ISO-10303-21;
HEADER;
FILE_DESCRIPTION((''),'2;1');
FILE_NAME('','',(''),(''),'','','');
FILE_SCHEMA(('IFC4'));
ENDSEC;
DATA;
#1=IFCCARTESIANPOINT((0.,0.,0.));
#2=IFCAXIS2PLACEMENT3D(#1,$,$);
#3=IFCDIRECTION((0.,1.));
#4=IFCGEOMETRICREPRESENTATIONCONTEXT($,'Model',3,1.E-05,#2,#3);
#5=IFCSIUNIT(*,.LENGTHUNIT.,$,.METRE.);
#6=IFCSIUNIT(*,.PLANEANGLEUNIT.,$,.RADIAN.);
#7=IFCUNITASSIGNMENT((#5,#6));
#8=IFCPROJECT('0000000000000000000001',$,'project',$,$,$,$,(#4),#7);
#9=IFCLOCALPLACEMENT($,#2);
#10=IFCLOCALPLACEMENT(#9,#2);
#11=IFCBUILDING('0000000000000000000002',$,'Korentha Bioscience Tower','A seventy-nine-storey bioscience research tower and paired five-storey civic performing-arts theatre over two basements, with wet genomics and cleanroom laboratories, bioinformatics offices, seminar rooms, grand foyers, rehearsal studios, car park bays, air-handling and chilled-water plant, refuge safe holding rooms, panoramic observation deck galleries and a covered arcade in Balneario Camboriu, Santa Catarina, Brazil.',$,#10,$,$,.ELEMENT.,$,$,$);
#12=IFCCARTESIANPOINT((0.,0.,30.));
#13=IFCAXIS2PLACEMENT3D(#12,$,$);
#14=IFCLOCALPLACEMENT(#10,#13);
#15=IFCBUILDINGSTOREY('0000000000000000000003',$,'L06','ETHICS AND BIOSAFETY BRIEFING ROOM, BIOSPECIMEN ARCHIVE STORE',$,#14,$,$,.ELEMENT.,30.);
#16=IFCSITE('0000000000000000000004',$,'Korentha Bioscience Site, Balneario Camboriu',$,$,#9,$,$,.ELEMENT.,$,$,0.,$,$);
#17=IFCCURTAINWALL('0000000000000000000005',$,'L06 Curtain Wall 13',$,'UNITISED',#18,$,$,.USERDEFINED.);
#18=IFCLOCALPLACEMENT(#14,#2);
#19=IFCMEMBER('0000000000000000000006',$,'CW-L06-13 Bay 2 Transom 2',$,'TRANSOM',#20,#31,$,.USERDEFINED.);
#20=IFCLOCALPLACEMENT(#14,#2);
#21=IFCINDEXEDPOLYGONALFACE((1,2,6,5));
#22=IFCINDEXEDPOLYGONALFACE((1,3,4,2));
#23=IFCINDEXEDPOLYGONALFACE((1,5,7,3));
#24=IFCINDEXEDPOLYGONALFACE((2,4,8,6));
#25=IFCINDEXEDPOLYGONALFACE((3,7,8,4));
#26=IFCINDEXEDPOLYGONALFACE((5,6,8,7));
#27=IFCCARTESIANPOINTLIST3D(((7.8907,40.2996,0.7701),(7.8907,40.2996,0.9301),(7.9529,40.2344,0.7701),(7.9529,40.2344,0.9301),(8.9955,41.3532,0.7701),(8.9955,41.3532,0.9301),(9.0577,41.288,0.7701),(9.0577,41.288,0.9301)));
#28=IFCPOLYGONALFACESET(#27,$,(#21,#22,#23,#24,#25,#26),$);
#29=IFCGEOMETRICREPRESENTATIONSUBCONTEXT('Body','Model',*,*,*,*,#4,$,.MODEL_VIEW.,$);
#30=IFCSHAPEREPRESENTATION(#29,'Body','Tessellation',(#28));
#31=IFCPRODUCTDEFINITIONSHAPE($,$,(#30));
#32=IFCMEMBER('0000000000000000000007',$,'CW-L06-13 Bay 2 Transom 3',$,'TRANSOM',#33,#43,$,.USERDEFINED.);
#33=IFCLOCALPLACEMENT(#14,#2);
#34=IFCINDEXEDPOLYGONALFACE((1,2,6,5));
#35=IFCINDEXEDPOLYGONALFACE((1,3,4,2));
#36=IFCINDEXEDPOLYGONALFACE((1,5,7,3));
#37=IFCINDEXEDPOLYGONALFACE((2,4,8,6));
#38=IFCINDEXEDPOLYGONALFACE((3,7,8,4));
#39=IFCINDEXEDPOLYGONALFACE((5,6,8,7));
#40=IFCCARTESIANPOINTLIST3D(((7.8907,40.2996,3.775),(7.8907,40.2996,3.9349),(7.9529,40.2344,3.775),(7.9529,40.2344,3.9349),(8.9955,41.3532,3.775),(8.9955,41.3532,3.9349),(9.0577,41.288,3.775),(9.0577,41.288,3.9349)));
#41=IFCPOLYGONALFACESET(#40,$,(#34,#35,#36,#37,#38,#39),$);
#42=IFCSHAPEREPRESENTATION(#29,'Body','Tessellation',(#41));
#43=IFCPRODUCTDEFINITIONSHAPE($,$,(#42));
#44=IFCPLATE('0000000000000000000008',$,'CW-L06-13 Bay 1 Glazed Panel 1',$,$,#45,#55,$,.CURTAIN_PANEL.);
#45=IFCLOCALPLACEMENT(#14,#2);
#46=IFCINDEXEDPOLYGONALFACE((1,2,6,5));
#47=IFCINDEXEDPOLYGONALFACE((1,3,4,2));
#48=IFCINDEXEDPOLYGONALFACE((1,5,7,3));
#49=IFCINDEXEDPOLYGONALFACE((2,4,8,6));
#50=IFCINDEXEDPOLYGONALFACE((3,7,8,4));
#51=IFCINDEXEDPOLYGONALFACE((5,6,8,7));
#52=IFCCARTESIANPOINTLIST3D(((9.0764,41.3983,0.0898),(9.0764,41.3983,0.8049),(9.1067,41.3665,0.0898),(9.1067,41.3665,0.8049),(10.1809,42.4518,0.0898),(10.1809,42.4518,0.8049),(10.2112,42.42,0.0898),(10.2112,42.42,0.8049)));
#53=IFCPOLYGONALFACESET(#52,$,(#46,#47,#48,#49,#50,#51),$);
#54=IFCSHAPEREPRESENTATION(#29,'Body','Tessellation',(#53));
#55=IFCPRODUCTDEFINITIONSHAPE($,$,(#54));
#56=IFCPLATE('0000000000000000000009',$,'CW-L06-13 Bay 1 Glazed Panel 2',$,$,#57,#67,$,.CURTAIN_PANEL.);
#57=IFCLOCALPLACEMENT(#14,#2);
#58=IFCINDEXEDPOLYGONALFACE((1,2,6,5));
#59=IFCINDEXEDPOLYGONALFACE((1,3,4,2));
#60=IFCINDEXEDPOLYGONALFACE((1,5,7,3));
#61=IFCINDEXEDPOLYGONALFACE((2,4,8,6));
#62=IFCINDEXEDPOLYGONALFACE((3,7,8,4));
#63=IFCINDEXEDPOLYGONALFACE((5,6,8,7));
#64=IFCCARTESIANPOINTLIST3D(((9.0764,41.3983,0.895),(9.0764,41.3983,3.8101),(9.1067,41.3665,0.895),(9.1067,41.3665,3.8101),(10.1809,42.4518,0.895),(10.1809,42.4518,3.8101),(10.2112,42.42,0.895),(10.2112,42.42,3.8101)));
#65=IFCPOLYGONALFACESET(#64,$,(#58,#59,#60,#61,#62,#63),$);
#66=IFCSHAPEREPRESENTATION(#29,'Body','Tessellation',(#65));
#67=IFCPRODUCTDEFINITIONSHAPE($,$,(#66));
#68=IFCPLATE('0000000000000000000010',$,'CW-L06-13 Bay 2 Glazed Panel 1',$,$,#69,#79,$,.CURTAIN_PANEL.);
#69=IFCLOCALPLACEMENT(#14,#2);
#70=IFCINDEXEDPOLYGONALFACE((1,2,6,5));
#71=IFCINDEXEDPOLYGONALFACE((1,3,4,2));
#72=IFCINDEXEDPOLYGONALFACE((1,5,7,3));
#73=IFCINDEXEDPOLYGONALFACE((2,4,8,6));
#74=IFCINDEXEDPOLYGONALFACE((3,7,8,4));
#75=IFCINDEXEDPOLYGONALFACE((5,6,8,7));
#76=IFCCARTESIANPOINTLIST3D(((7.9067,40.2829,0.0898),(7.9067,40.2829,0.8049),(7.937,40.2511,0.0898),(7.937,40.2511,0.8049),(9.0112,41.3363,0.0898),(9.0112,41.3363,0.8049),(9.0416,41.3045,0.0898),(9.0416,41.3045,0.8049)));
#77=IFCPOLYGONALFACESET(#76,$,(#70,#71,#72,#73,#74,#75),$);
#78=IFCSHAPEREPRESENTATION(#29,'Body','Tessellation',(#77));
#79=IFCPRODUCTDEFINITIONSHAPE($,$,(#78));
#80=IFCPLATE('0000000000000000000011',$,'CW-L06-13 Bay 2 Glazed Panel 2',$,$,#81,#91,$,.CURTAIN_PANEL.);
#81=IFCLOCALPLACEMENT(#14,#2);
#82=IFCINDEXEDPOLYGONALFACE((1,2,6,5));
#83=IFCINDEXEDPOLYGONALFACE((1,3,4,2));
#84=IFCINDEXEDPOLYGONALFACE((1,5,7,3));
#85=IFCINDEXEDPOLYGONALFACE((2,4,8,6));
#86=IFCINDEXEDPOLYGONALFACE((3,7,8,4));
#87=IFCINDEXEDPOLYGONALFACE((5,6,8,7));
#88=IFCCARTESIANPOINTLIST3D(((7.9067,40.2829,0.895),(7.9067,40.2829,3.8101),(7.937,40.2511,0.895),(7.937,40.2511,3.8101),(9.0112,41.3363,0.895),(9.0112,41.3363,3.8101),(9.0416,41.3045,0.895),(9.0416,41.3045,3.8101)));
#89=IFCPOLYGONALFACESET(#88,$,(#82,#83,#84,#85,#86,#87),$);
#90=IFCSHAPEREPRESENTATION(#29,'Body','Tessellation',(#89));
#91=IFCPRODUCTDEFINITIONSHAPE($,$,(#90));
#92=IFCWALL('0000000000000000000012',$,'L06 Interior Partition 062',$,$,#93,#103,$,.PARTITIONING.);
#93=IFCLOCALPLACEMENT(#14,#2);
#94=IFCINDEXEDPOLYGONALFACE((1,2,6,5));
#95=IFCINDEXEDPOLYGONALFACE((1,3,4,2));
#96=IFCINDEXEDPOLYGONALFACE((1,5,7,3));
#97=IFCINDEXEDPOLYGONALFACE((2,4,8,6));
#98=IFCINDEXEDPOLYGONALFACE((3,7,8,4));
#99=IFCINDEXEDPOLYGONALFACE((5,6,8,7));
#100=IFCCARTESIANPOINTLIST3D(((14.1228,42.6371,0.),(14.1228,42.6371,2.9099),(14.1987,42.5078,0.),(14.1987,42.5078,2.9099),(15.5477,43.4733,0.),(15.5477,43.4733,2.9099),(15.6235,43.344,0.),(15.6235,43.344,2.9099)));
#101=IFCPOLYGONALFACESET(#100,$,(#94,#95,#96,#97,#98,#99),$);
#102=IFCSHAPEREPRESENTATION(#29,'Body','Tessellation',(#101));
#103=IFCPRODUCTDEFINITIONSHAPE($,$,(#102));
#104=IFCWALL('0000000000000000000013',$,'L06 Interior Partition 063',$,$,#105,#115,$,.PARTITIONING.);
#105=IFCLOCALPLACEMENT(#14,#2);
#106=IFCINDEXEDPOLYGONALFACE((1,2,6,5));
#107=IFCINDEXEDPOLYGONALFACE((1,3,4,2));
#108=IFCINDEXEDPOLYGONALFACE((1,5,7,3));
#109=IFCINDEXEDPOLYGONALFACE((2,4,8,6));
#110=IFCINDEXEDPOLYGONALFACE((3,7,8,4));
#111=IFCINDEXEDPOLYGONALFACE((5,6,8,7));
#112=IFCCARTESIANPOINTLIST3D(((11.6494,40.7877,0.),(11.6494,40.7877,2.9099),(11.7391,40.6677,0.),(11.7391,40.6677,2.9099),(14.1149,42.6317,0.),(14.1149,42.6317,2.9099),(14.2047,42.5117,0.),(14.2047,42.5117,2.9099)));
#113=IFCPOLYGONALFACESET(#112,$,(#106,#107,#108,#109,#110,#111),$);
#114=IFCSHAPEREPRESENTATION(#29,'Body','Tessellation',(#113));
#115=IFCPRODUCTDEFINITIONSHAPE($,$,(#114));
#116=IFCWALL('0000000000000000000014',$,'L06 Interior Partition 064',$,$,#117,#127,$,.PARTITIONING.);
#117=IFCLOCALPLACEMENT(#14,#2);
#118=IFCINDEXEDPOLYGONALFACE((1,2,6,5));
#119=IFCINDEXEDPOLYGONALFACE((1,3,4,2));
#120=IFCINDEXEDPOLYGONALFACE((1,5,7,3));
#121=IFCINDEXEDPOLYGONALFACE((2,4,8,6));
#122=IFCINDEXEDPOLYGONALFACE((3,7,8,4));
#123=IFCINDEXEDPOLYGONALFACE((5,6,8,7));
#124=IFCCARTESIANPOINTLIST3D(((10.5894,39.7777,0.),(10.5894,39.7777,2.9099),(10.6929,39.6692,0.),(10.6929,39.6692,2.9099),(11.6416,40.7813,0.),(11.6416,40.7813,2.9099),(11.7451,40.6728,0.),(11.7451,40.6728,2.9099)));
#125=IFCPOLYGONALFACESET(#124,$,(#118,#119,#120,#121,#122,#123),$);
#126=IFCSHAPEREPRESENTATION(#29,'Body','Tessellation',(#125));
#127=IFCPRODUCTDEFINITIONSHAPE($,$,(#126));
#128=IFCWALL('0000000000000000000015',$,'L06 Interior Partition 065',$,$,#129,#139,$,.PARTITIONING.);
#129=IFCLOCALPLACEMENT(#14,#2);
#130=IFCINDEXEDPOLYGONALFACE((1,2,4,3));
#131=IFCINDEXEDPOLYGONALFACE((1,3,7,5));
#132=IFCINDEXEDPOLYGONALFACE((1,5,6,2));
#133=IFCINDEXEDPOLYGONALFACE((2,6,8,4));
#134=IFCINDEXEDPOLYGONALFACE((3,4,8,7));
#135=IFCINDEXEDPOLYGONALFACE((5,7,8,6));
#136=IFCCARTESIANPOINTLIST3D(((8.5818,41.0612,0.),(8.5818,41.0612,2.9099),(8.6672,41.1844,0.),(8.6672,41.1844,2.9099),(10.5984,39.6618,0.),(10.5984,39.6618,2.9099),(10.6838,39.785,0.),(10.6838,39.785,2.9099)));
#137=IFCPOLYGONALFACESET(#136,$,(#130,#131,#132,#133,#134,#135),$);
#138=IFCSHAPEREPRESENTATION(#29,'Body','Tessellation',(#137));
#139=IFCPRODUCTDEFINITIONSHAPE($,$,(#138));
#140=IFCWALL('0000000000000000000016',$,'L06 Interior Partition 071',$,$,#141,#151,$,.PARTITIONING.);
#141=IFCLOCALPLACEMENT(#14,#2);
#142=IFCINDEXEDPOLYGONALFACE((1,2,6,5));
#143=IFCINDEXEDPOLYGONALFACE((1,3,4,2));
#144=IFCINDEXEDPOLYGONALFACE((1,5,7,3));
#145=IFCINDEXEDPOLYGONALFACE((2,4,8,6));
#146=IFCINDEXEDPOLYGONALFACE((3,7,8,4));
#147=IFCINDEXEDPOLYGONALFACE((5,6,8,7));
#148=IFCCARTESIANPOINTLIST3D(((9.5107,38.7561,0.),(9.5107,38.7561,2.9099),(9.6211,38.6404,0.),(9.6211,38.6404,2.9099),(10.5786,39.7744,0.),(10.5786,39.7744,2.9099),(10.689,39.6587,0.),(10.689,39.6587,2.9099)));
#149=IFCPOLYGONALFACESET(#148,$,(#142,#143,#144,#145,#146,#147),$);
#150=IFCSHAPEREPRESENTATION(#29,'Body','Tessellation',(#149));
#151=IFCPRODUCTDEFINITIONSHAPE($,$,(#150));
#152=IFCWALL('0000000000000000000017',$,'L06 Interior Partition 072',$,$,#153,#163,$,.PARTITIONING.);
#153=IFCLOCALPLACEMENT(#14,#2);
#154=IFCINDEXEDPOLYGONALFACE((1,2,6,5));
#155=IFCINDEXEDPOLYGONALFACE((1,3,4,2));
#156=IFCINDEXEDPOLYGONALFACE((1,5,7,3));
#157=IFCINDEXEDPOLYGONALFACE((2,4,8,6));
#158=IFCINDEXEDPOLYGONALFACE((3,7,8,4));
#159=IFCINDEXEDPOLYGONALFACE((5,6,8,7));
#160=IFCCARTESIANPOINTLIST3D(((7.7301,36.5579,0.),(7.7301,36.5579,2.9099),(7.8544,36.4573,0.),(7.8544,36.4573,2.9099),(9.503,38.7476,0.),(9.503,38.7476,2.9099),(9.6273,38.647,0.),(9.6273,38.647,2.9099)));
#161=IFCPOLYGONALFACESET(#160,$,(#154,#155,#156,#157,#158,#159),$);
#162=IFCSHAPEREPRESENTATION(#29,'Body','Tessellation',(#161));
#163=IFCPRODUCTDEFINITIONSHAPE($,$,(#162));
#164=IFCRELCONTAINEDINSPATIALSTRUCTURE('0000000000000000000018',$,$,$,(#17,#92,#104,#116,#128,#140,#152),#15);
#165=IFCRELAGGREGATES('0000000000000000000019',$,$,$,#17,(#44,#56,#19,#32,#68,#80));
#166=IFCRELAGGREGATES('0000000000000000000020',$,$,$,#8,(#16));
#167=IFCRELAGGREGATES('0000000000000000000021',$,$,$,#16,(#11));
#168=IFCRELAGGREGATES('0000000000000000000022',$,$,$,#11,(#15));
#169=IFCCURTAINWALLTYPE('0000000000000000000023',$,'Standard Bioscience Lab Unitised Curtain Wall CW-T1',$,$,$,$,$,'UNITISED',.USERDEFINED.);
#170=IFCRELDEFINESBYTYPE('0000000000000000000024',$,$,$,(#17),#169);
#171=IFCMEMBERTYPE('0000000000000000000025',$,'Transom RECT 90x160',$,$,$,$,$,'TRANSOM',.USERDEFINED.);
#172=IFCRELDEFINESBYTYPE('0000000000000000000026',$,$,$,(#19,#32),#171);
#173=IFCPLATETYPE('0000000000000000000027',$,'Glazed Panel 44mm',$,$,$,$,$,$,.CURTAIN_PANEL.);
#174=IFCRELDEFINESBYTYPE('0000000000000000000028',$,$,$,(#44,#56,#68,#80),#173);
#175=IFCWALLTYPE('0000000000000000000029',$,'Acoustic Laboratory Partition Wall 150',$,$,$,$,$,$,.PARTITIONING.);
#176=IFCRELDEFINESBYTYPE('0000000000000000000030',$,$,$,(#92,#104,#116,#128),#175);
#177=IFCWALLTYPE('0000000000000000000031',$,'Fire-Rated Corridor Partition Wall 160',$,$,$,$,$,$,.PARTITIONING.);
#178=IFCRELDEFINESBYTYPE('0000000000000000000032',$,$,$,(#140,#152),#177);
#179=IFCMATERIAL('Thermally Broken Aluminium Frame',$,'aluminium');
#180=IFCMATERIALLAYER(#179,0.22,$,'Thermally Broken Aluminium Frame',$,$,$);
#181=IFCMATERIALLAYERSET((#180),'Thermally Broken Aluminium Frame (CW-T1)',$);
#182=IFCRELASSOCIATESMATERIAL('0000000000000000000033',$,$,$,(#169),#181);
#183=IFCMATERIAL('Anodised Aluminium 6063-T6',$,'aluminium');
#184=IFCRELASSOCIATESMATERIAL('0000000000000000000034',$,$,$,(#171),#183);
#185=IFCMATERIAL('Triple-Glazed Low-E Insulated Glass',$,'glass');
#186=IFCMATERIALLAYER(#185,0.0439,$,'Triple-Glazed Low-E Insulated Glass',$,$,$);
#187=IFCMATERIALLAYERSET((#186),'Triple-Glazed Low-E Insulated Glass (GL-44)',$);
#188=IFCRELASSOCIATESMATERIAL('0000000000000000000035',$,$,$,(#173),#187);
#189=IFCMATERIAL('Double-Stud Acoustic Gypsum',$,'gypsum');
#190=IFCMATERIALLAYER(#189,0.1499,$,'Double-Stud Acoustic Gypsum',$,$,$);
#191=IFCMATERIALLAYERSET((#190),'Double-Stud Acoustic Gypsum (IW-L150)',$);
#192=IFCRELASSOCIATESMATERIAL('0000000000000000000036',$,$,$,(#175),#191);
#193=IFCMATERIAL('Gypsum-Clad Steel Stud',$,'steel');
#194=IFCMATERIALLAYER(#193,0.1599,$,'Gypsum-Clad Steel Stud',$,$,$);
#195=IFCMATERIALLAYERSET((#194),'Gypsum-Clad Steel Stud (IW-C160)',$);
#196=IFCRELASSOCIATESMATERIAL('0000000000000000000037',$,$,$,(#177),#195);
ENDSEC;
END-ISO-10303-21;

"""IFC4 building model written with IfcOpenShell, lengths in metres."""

from ifc_helpers import new_model, si_unit, direction, frame, frame_2d, origin, origin_2d, place, context, subcontext, project, spatial, rectangle, extrude, material, layer, layer_set, material_profile, profile_set, type_object, element, aggregate, save


model = new_model("IFC4")

# Units and contexts
model_context = context("Model", 3, precision=1e-05, world=origin(), true_north=direction((0.0, 1.0)))
body_context = subcontext(model_context, "Body", "Model", "MODEL_VIEW")
ifc_project = project(units=[si_unit("LENGTHUNIT", "METRE"), si_unit("PLANEANGLEUNIT", "RADIAN")], contexts=[model_context])

# Site, building, storey
site_placement = place(None, origin())
site = spatial("IfcSite", under=ifc_project, at=site_placement, Name="Korentha Bioscience Site, Balneario Camboriu", CompositionType="ELEMENT", RefElevation=0.0)
building_placement = place(site_placement, origin())
building = spatial("IfcBuilding", under=site, at=building_placement, Name="Korentha Bioscience Tower", Description="A seventy-nine-storey bioscience research tower and paired five-storey civic performing-arts theatre over two basements, with wet genomics and cleanroom laboratories, bioinformatics offices, seminar rooms, grand foyers, rehearsal studios, car park bays, air-handling and chilled-water plant, refuge safe holding rooms, panoramic observation deck galleries and a covered arcade in Balneario Camboriu, Santa Catarina, Brazil.", CompositionType="ELEMENT")
storey_placement = place(building_placement, frame((0.0, 0.0, 30.0)))
storey = spatial("IfcBuildingStorey", under=building, at=storey_placement, Name="L06", Description="ETHICS AND BIOSAFETY BRIEFING ROOM, BIOSPECIMEN ARCHIVE STORE", CompositionType="ELEMENT", Elevation=30.0)

# Curtain wall
ifc_material_1 = material(Name="Thermally Broken Aluminium Frame", Category="aluminium")
ifc_layer_1 = layer(ifc_material_1, 0.22, Name="Thermally Broken Aluminium Frame")
ifc_layer_set_1 = layer_set([ifc_layer_1], Name="Thermally Broken Aluminium Frame (CW-T1)")
curtain_wall_type = type_object("IfcCurtainWallType", Name="Standard Bioscience Lab Unitised Curtain Wall CW-T1", ElementType="UNITISED", PredefinedType="USERDEFINED", material=ifc_layer_set_1)
curtain_wall_placement = place(storey_placement, origin())
curtain_wall = element("IfcCurtainWall", 1, at=curtain_wall_placement, inside=storey, type_object=curtain_wall_type, Name="L06 Curtain Wall 13", ObjectType="UNITISED", PredefinedType="USERDEFINED")
ifc_material_2 = material(Name="Anodised Aluminium 6063-T6", Category="aluminium")

# Members
ifc_material_profile_1 = material_profile(ifc_material_2, rectangle(XDim=0.0901, YDim=0.1599, at=origin_2d()), Name="Anodised Aluminium 6063-T6")
ifc_profile_set_1 = profile_set([ifc_material_profile_1], Name="Anodised Aluminium 6063-T6 (CW-TRN)")
member_type_1 = type_object("IfcMemberType", Name="Transom RECT 90x160", ElementType="TRANSOM", PredefinedType="USERDEFINED", material=ifc_profile_set_1)
member_1_placement = place(storey_placement, frame((9.0266, 41.3206, 0.8501), z_axis=(-0.7237, -0.690114, 0.0), x_axis=(0.690114, -0.7237, 0.0)))
member_1 = element("IfcMember", 2, at=member_1_placement, type_object=member_type_1, Name="CW-L06-13 Bay 2 Transom 2", ObjectType="TRANSOM", PredefinedType="USERDEFINED", context=body_context, shape_type="SweptSolid", body=[
    extrude(rectangle(XDim=0.0901, YDim=0.1599, at=origin_2d()), origin(), (0.0, 0.0, 1.0), 1.5266),
])
member_2_placement = place(storey_placement, frame((9.0266, 41.3206, 3.855), z_axis=(-0.7237, -0.690114, 0.0), x_axis=(0.690114, -0.7237, 0.0)))
member_2 = element("IfcMember", 3, at=member_2_placement, type_object=member_type_1, Name="CW-L06-13 Bay 2 Transom 3", ObjectType="TRANSOM", PredefinedType="USERDEFINED", context=body_context, shape_type="SweptSolid", body=[
    extrude(rectangle(XDim=0.0901, YDim=0.1599, at=origin_2d()), origin(), (0.0, 0.0, 1.0), 1.5266),
])

# Plates
ifc_material_3 = material(Name="Triple-Glazed Low-E Insulated Glass", Category="glass")
ifc_layer_2 = layer(ifc_material_3, 0.0439, Name="Triple-Glazed Low-E Insulated Glass")
ifc_layer_set_2 = layer_set([ifc_layer_2], Name="Triple-Glazed Low-E Insulated Glass (GL-44)")
plate_type = type_object("IfcPlateType", Name="Glazed Panel 44mm", PredefinedType="CURTAIN_PANEL", material=ifc_layer_set_2)
plate_1_placement = place(storey_placement, frame((9.6438, 41.9092, 0.0898), z_axis=(0.0, 0.0, 1.0), x_axis=(-0.723642, -0.690176, 0.0)))
plate_1 = element("IfcPlate", 4, at=plate_1_placement, type_object=plate_type, Name="CW-L06-13 Bay 1 Glazed Panel 1", PredefinedType="CURTAIN_PANEL", context=body_context, shape_type="SweptSolid", body=[
    extrude(rectangle(XDim=1.5264, YDim=0.0439, at=origin_2d()), origin(), (0.0, 0.0, 1.0), 0.7151),
])
plate_2_placement = place(storey_placement, frame((9.6438, 41.9092, 0.895), z_axis=(0.0, 0.0, 1.0), x_axis=(-0.723642, -0.690176, 0.0)))
plate_2 = element("IfcPlate", 5, at=plate_2_placement, type_object=plate_type, Name="CW-L06-13 Bay 1 Glazed Panel 2", PredefinedType="CURTAIN_PANEL", context=body_context, shape_type="SweptSolid", body=[
    extrude(rectangle(XDim=1.5264, YDim=0.0439, at=origin_2d()), origin(), (0.0, 0.0, 1.0), 2.915),
])
plate_3_placement = place(storey_placement, frame((8.4741, 40.7937, 0.0898), z_axis=(0.0, 0.0, 1.0), x_axis=(-0.723642, -0.690176, 0.0)))
plate_3 = element("IfcPlate", 6, at=plate_3_placement, type_object=plate_type, Name="CW-L06-13 Bay 2 Glazed Panel 1", PredefinedType="CURTAIN_PANEL", context=body_context, shape_type="SweptSolid", body=[
    extrude(rectangle(XDim=1.5264, YDim=0.0439, at=origin_2d()), origin(), (0.0, 0.0, 1.0), 0.7151),
])
plate_4_placement = place(storey_placement, frame((8.4741, 40.7937, 0.895), z_axis=(0.0, 0.0, 1.0), x_axis=(-0.723642, -0.690176, 0.0)))
plate_4 = element("IfcPlate", 7, at=plate_4_placement, type_object=plate_type, Name="CW-L06-13 Bay 2 Glazed Panel 2", PredefinedType="CURTAIN_PANEL", context=body_context, shape_type="SweptSolid", body=[
    extrude(rectangle(XDim=1.5264, YDim=0.0439, at=origin_2d()), origin(), (0.0, 0.0, 1.0), 2.915),
])
aggregate(curtain_wall, [plate_1, plate_2, member_1, member_2, plate_3, plate_4])

# Walls
ifc_material_4 = material(Name="Double-Stud Acoustic Gypsum", Category="gypsum")
ifc_layer_3 = layer(ifc_material_4, 0.1499, Name="Double-Stud Acoustic Gypsum")
ifc_layer_set_3 = layer_set([ifc_layer_3], Name="Double-Stud Acoustic Gypsum (IW-L150)")
wall_type_1 = type_object("IfcWallType", Name="Acoustic Laboratory Partition Wall 150", PredefinedType="PARTITIONING", material=ifc_layer_set_3)
wall_1_placement = place(storey_placement, frame((15.5857, 43.4087, 0.0), z_axis=(0.0, 0.0, 1.0), x_axis=(-0.862447, -0.506148, 0.0)))
element("IfcWall", 8, at=wall_1_placement, inside=storey, type_object=wall_type_1, Name="L06 Interior Partition 062", PredefinedType="PARTITIONING", context=body_context, shape_type="SweptSolid", body=[
    extrude(rectangle(XDim=1.6521, YDim=0.1499, at=frame_2d((0.8262, 0.0))), origin(), (0.0, 0.0, 1.0), 2.9099),
])
wall_2_placement = place(storey_placement, frame((14.1599, 42.5718, 0.0), z_axis=(0.0, 0.0, 1.0), x_axis=(-0.800808, -0.598921, 0.0)))
element("IfcWall", 9, at=wall_2_placement, inside=storey, type_object=wall_type_1, Name="L06 Interior Partition 063", PredefinedType="PARTITIONING", context=body_context, shape_type="SweptSolid", body=[
    extrude(rectangle(XDim=3.0789, YDim=0.1499, at=frame_2d((1.5396, 0.0))), origin(), (0.0, 0.0, 1.0), 2.9099),
])
wall_3_placement = place(storey_placement, frame((11.6934, 40.7271, 0.0), z_axis=(0.0, 0.0, 1.0), x_axis=(-0.723615, -0.690204, 0.0)))
element("IfcWall", 10, at=wall_3_placement, inside=storey, type_object=wall_type_1, Name="L06 Interior Partition 064", PredefinedType="PARTITIONING", context=body_context, shape_type="SweptSolid", body=[
    extrude(rectangle(XDim=1.4541, YDim=0.1499, at=frame_2d((0.7271, 0.0))), origin(), (0.0, 0.0, 1.0), 2.9099),
])
wall_4_placement = place(storey_placement, frame((10.6411, 39.7234, 0.0), z_axis=(0.0, 0.0, 1.0), x_axis=(-0.821561, 0.57012, 0.0)))
element("IfcWall", 11, at=wall_4_placement, inside=storey, type_object=wall_type_1, Name="L06 Interior Partition 065", PredefinedType="PARTITIONING", context=body_context, shape_type="SweptSolid", body=[
    extrude(rectangle(XDim=2.4546, YDim=0.1499, at=frame_2d((1.2273, 0.0))), origin(), (0.0, 0.0, 1.0), 2.9099),
])
ifc_material_5 = material(Name="Gypsum-Clad Steel Stud", Category="steel")
ifc_layer_4 = layer(ifc_material_5, 0.1599, Name="Gypsum-Clad Steel Stud")
ifc_layer_set_4 = layer_set([ifc_layer_4], Name="Gypsum-Clad Steel Stud (IW-C160)")
wall_type_2 = type_object("IfcWallType", Name="Fire-Rated Corridor Partition Wall 160", PredefinedType="PARTITIONING", material=ifc_layer_set_4)
wall_5_placement = place(storey_placement, frame((10.6338, 39.7166, 0.0), z_axis=(0.0, 0.0, 1.0), x_axis=(-0.723701, -0.690114, 0.0)))
element("IfcWall", 12, at=wall_5_placement, inside=storey, type_object=wall_type_2, Name="L06 Interior Partition 071", PredefinedType="PARTITIONING", context=body_context, shape_type="SweptSolid", body=[
    extrude(rectangle(XDim=1.4756, YDim=0.1599, at=frame_2d((0.7378, 0.0))), origin(), (0.0, 0.0, 1.0), 2.9099),
])
wall_6_placement = place(storey_placement, frame((9.5652, 38.6973, 0.0), z_axis=(0.0, 0.0, 1.0), x_axis=(-0.629271, -0.777186, 0.0)))
element("IfcWall", 13, at=wall_6_placement, inside=storey, type_object=wall_type_2, Name="L06 Interior Partition 072", PredefinedType="PARTITIONING", context=body_context, shape_type="SweptSolid", body=[
    extrude(rectangle(XDim=2.8174, YDim=0.1599, at=frame_2d((1.4087, 0.0))), origin(), (0.0, 0.0, 1.0), 2.9099),
])

save(model, "model.ifc")
